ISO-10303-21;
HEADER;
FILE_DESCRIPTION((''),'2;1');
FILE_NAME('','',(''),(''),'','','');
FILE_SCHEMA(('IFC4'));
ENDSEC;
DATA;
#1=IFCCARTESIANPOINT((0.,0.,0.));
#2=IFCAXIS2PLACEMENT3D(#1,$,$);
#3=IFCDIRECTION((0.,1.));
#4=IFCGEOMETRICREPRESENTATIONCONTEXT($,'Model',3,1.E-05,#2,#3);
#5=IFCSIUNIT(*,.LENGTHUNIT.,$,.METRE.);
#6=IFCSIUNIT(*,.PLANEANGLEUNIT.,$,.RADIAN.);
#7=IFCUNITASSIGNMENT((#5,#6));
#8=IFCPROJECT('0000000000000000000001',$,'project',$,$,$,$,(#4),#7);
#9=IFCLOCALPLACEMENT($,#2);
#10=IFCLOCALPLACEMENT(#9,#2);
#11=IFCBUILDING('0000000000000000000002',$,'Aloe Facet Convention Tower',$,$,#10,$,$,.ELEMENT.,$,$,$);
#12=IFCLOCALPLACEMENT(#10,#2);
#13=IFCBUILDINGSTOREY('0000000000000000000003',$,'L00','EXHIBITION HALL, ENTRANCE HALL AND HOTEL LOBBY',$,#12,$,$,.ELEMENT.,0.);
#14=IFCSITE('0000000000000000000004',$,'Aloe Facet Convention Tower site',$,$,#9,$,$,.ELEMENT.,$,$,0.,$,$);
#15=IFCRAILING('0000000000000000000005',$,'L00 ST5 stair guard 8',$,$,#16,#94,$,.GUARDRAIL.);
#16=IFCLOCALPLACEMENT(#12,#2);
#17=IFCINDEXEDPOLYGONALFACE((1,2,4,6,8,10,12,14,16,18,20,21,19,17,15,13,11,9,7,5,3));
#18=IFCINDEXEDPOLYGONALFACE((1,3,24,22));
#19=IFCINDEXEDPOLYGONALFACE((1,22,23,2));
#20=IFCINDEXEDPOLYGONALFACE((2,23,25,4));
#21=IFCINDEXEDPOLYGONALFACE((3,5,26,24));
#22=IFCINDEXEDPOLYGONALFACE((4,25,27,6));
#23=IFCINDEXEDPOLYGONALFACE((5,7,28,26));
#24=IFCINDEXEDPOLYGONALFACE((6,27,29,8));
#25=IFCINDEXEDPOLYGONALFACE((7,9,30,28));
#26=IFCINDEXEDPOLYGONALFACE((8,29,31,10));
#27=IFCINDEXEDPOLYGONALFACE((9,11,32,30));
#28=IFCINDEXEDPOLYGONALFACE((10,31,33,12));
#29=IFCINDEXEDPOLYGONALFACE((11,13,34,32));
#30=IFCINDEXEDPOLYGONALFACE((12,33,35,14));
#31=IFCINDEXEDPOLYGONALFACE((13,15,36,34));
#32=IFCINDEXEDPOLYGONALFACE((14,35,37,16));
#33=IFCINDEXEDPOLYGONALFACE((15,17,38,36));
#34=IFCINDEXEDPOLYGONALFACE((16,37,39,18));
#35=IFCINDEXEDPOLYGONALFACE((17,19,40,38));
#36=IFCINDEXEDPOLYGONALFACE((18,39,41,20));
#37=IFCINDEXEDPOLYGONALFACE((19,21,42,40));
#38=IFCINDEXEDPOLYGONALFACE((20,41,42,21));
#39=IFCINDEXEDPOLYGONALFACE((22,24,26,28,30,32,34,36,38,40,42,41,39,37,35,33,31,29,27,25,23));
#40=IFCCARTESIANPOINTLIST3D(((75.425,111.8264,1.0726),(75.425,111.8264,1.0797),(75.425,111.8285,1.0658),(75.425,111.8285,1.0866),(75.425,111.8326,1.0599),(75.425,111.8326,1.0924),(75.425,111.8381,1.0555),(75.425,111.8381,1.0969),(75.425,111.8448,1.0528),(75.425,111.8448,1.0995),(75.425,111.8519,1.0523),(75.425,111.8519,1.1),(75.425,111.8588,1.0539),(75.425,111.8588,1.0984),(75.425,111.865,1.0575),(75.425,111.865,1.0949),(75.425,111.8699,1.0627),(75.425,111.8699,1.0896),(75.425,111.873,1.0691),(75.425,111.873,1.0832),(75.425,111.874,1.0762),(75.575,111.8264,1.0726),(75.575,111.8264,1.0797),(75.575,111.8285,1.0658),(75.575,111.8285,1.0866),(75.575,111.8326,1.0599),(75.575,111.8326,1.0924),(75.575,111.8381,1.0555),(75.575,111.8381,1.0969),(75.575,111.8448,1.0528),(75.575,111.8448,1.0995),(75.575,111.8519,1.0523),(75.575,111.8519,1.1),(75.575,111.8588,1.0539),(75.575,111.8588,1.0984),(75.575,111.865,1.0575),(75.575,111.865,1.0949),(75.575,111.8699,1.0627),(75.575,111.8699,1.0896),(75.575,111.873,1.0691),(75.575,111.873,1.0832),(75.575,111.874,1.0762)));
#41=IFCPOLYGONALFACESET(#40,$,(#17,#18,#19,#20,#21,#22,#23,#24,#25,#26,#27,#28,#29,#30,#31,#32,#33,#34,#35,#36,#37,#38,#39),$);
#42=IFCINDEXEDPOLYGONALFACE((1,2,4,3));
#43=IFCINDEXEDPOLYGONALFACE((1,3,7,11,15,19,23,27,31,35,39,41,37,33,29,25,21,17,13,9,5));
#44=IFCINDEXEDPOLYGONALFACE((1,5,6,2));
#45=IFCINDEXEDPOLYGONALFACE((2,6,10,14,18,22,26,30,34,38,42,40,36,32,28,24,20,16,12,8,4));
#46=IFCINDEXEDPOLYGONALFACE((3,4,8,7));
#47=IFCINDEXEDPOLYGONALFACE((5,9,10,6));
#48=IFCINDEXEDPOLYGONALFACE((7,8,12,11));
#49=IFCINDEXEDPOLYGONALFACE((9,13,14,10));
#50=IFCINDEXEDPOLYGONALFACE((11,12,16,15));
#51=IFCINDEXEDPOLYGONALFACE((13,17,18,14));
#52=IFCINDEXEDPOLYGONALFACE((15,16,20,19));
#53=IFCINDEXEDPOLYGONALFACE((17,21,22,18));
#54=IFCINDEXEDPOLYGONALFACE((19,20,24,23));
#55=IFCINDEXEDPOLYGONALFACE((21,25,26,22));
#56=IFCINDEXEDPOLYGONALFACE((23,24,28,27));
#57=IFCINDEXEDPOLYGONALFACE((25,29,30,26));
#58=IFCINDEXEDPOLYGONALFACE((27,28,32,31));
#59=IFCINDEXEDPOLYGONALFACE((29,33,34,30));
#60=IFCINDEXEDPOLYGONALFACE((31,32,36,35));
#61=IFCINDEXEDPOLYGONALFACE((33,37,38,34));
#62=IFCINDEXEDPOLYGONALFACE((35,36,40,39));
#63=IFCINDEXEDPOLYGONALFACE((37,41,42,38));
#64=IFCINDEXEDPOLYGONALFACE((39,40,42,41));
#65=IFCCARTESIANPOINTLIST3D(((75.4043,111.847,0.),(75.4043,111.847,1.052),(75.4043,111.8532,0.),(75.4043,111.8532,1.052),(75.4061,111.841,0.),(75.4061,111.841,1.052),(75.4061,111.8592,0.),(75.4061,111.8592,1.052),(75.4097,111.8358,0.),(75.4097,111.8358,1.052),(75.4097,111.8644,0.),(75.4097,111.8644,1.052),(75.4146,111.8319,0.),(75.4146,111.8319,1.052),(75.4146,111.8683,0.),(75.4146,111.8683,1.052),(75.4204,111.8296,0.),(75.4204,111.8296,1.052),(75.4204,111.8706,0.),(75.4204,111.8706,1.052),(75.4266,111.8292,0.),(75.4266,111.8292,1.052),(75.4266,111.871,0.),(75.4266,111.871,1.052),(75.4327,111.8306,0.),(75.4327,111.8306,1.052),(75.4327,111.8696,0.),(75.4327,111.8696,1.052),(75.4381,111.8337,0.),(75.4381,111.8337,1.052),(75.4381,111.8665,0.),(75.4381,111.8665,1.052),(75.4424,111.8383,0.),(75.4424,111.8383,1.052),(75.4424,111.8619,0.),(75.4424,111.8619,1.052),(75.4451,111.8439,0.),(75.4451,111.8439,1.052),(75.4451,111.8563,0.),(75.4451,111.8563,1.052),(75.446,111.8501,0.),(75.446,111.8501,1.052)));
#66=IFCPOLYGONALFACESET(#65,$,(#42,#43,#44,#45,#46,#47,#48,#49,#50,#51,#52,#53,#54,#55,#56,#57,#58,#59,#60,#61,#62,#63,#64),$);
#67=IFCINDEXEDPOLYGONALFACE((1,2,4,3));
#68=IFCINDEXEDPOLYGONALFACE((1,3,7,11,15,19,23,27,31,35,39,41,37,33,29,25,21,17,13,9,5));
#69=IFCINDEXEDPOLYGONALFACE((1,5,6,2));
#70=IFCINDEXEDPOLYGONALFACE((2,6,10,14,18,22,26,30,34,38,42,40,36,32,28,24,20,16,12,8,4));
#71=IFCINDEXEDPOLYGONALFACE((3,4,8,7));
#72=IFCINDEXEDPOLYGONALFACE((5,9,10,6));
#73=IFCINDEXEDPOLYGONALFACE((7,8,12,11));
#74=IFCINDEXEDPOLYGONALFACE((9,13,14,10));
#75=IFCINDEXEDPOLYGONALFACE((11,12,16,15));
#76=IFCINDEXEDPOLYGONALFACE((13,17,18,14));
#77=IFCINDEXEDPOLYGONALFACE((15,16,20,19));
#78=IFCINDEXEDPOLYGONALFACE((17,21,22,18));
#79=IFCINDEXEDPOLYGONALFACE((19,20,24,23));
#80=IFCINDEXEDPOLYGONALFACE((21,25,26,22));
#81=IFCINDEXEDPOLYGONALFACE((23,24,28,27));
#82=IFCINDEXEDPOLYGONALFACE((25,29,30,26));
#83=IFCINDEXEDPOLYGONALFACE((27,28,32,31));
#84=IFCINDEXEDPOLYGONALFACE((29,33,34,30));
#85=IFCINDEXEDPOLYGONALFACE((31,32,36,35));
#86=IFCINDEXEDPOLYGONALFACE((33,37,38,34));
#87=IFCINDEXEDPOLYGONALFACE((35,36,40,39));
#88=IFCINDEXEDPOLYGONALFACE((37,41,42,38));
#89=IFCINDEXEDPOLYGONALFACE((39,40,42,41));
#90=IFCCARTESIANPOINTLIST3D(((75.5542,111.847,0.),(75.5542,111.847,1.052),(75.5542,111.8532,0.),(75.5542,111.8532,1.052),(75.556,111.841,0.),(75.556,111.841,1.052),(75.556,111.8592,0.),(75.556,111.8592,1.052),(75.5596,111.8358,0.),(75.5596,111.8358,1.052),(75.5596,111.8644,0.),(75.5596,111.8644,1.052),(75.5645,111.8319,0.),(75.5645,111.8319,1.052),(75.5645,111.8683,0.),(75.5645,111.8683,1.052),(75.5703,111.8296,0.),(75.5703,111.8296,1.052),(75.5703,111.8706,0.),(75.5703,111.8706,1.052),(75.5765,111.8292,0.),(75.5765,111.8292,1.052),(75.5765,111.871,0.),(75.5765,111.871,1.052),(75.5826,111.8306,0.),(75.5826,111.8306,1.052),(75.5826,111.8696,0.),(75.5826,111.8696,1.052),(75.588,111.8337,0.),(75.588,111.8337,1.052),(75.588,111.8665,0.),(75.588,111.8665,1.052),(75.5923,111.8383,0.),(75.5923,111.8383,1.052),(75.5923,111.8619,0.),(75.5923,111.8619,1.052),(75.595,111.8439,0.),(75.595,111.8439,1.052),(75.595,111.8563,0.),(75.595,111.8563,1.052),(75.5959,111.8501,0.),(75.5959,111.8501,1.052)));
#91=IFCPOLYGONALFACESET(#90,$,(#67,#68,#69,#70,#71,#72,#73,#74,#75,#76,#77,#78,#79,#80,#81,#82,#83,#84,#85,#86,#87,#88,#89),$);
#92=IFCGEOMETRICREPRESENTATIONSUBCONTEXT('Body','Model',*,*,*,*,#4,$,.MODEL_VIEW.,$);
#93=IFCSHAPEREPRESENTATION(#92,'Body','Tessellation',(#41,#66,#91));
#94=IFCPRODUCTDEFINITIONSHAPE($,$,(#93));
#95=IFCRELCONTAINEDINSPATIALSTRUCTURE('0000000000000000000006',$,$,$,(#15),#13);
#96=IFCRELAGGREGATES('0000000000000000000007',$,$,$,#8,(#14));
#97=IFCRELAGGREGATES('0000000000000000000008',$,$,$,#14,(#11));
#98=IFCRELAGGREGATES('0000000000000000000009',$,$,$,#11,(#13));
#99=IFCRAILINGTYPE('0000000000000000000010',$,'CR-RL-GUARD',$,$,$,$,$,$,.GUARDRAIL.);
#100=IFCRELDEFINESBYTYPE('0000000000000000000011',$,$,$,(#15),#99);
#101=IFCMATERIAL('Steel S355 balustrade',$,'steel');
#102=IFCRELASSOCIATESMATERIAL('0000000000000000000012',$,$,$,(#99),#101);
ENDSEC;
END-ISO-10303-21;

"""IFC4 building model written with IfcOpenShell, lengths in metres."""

from ifc_helpers import new_model, si_unit, direction, frame, origin, origin_2d, place, context, subcontext, project, spatial, circle, extrude, material, type_object, element, save


model = new_model("IFC4")

# Units and contexts
model_context = context("Model", 3, precision=1e-05, world=origin(), true_north=direction((0.0, 1.0)))
body_context = subcontext(model_context, "Body", "Model", "MODEL_VIEW")
ifc_project = project(units=[si_unit("LENGTHUNIT", "METRE"), si_unit("PLANEANGLEUNIT", "RADIAN")], contexts=[model_context])

# Site, building, storey
site_placement = place(None, origin())
site = spatial("IfcSite", under=ifc_project, at=site_placement, Name="Aloe Facet Convention Tower site", CompositionType="ELEMENT", RefElevation=0.0)
building_placement = place(site_placement, origin())
building = spatial("IfcBuilding", under=site, at=building_placement, Name="Aloe Facet Convention Tower", CompositionType="ELEMENT")
storey_placement = place(building_placement, origin())
storey = spatial("IfcBuildingStorey", under=building, at=storey_placement, Name="L00", Description="EXHIBITION HALL, ENTRANCE HALL AND HOTEL LOBBY", CompositionType="ELEMENT", Elevation=0.0)

# Railing
ifc_material_1 = material(Name="Steel S355 balustrade", Category="steel")
railing_type_1 = type_object("IfcRailingType", Name="CR-RL-GUARD", PredefinedType="GUARDRAIL", material=ifc_material_1)
railing_1_placement = place(storey_placement, frame((75.425, 111.8501, 0.0)))
element("IfcRailing", 1, at=railing_1_placement, inside=storey, type_object=railing_type_1, Name="L00 ST5 stair guard 8", PredefinedType="GUARDRAIL", context=body_context, shape_type="SweptSolid", body=[
    extrude(circle(Radius=0.0239, at=origin_2d()), frame((0.0, 0.0, 1.0762), z_axis=(1.0, 0.0, 0.0), x_axis=(0.0, 1.0, 0.0)), (0.0, 0.0, 1.0), 0.1499),
    extrude(circle(Radius=0.021, at=origin_2d()), origin(), (0.0, 0.0, 1.0), 1.052),
    extrude(circle(Radius=0.021, at=origin_2d()), frame((0.1499, 0.0, 0.0)), (0.0, 0.0, 1.0), 1.052),
])

save(model, "model.ifc")
